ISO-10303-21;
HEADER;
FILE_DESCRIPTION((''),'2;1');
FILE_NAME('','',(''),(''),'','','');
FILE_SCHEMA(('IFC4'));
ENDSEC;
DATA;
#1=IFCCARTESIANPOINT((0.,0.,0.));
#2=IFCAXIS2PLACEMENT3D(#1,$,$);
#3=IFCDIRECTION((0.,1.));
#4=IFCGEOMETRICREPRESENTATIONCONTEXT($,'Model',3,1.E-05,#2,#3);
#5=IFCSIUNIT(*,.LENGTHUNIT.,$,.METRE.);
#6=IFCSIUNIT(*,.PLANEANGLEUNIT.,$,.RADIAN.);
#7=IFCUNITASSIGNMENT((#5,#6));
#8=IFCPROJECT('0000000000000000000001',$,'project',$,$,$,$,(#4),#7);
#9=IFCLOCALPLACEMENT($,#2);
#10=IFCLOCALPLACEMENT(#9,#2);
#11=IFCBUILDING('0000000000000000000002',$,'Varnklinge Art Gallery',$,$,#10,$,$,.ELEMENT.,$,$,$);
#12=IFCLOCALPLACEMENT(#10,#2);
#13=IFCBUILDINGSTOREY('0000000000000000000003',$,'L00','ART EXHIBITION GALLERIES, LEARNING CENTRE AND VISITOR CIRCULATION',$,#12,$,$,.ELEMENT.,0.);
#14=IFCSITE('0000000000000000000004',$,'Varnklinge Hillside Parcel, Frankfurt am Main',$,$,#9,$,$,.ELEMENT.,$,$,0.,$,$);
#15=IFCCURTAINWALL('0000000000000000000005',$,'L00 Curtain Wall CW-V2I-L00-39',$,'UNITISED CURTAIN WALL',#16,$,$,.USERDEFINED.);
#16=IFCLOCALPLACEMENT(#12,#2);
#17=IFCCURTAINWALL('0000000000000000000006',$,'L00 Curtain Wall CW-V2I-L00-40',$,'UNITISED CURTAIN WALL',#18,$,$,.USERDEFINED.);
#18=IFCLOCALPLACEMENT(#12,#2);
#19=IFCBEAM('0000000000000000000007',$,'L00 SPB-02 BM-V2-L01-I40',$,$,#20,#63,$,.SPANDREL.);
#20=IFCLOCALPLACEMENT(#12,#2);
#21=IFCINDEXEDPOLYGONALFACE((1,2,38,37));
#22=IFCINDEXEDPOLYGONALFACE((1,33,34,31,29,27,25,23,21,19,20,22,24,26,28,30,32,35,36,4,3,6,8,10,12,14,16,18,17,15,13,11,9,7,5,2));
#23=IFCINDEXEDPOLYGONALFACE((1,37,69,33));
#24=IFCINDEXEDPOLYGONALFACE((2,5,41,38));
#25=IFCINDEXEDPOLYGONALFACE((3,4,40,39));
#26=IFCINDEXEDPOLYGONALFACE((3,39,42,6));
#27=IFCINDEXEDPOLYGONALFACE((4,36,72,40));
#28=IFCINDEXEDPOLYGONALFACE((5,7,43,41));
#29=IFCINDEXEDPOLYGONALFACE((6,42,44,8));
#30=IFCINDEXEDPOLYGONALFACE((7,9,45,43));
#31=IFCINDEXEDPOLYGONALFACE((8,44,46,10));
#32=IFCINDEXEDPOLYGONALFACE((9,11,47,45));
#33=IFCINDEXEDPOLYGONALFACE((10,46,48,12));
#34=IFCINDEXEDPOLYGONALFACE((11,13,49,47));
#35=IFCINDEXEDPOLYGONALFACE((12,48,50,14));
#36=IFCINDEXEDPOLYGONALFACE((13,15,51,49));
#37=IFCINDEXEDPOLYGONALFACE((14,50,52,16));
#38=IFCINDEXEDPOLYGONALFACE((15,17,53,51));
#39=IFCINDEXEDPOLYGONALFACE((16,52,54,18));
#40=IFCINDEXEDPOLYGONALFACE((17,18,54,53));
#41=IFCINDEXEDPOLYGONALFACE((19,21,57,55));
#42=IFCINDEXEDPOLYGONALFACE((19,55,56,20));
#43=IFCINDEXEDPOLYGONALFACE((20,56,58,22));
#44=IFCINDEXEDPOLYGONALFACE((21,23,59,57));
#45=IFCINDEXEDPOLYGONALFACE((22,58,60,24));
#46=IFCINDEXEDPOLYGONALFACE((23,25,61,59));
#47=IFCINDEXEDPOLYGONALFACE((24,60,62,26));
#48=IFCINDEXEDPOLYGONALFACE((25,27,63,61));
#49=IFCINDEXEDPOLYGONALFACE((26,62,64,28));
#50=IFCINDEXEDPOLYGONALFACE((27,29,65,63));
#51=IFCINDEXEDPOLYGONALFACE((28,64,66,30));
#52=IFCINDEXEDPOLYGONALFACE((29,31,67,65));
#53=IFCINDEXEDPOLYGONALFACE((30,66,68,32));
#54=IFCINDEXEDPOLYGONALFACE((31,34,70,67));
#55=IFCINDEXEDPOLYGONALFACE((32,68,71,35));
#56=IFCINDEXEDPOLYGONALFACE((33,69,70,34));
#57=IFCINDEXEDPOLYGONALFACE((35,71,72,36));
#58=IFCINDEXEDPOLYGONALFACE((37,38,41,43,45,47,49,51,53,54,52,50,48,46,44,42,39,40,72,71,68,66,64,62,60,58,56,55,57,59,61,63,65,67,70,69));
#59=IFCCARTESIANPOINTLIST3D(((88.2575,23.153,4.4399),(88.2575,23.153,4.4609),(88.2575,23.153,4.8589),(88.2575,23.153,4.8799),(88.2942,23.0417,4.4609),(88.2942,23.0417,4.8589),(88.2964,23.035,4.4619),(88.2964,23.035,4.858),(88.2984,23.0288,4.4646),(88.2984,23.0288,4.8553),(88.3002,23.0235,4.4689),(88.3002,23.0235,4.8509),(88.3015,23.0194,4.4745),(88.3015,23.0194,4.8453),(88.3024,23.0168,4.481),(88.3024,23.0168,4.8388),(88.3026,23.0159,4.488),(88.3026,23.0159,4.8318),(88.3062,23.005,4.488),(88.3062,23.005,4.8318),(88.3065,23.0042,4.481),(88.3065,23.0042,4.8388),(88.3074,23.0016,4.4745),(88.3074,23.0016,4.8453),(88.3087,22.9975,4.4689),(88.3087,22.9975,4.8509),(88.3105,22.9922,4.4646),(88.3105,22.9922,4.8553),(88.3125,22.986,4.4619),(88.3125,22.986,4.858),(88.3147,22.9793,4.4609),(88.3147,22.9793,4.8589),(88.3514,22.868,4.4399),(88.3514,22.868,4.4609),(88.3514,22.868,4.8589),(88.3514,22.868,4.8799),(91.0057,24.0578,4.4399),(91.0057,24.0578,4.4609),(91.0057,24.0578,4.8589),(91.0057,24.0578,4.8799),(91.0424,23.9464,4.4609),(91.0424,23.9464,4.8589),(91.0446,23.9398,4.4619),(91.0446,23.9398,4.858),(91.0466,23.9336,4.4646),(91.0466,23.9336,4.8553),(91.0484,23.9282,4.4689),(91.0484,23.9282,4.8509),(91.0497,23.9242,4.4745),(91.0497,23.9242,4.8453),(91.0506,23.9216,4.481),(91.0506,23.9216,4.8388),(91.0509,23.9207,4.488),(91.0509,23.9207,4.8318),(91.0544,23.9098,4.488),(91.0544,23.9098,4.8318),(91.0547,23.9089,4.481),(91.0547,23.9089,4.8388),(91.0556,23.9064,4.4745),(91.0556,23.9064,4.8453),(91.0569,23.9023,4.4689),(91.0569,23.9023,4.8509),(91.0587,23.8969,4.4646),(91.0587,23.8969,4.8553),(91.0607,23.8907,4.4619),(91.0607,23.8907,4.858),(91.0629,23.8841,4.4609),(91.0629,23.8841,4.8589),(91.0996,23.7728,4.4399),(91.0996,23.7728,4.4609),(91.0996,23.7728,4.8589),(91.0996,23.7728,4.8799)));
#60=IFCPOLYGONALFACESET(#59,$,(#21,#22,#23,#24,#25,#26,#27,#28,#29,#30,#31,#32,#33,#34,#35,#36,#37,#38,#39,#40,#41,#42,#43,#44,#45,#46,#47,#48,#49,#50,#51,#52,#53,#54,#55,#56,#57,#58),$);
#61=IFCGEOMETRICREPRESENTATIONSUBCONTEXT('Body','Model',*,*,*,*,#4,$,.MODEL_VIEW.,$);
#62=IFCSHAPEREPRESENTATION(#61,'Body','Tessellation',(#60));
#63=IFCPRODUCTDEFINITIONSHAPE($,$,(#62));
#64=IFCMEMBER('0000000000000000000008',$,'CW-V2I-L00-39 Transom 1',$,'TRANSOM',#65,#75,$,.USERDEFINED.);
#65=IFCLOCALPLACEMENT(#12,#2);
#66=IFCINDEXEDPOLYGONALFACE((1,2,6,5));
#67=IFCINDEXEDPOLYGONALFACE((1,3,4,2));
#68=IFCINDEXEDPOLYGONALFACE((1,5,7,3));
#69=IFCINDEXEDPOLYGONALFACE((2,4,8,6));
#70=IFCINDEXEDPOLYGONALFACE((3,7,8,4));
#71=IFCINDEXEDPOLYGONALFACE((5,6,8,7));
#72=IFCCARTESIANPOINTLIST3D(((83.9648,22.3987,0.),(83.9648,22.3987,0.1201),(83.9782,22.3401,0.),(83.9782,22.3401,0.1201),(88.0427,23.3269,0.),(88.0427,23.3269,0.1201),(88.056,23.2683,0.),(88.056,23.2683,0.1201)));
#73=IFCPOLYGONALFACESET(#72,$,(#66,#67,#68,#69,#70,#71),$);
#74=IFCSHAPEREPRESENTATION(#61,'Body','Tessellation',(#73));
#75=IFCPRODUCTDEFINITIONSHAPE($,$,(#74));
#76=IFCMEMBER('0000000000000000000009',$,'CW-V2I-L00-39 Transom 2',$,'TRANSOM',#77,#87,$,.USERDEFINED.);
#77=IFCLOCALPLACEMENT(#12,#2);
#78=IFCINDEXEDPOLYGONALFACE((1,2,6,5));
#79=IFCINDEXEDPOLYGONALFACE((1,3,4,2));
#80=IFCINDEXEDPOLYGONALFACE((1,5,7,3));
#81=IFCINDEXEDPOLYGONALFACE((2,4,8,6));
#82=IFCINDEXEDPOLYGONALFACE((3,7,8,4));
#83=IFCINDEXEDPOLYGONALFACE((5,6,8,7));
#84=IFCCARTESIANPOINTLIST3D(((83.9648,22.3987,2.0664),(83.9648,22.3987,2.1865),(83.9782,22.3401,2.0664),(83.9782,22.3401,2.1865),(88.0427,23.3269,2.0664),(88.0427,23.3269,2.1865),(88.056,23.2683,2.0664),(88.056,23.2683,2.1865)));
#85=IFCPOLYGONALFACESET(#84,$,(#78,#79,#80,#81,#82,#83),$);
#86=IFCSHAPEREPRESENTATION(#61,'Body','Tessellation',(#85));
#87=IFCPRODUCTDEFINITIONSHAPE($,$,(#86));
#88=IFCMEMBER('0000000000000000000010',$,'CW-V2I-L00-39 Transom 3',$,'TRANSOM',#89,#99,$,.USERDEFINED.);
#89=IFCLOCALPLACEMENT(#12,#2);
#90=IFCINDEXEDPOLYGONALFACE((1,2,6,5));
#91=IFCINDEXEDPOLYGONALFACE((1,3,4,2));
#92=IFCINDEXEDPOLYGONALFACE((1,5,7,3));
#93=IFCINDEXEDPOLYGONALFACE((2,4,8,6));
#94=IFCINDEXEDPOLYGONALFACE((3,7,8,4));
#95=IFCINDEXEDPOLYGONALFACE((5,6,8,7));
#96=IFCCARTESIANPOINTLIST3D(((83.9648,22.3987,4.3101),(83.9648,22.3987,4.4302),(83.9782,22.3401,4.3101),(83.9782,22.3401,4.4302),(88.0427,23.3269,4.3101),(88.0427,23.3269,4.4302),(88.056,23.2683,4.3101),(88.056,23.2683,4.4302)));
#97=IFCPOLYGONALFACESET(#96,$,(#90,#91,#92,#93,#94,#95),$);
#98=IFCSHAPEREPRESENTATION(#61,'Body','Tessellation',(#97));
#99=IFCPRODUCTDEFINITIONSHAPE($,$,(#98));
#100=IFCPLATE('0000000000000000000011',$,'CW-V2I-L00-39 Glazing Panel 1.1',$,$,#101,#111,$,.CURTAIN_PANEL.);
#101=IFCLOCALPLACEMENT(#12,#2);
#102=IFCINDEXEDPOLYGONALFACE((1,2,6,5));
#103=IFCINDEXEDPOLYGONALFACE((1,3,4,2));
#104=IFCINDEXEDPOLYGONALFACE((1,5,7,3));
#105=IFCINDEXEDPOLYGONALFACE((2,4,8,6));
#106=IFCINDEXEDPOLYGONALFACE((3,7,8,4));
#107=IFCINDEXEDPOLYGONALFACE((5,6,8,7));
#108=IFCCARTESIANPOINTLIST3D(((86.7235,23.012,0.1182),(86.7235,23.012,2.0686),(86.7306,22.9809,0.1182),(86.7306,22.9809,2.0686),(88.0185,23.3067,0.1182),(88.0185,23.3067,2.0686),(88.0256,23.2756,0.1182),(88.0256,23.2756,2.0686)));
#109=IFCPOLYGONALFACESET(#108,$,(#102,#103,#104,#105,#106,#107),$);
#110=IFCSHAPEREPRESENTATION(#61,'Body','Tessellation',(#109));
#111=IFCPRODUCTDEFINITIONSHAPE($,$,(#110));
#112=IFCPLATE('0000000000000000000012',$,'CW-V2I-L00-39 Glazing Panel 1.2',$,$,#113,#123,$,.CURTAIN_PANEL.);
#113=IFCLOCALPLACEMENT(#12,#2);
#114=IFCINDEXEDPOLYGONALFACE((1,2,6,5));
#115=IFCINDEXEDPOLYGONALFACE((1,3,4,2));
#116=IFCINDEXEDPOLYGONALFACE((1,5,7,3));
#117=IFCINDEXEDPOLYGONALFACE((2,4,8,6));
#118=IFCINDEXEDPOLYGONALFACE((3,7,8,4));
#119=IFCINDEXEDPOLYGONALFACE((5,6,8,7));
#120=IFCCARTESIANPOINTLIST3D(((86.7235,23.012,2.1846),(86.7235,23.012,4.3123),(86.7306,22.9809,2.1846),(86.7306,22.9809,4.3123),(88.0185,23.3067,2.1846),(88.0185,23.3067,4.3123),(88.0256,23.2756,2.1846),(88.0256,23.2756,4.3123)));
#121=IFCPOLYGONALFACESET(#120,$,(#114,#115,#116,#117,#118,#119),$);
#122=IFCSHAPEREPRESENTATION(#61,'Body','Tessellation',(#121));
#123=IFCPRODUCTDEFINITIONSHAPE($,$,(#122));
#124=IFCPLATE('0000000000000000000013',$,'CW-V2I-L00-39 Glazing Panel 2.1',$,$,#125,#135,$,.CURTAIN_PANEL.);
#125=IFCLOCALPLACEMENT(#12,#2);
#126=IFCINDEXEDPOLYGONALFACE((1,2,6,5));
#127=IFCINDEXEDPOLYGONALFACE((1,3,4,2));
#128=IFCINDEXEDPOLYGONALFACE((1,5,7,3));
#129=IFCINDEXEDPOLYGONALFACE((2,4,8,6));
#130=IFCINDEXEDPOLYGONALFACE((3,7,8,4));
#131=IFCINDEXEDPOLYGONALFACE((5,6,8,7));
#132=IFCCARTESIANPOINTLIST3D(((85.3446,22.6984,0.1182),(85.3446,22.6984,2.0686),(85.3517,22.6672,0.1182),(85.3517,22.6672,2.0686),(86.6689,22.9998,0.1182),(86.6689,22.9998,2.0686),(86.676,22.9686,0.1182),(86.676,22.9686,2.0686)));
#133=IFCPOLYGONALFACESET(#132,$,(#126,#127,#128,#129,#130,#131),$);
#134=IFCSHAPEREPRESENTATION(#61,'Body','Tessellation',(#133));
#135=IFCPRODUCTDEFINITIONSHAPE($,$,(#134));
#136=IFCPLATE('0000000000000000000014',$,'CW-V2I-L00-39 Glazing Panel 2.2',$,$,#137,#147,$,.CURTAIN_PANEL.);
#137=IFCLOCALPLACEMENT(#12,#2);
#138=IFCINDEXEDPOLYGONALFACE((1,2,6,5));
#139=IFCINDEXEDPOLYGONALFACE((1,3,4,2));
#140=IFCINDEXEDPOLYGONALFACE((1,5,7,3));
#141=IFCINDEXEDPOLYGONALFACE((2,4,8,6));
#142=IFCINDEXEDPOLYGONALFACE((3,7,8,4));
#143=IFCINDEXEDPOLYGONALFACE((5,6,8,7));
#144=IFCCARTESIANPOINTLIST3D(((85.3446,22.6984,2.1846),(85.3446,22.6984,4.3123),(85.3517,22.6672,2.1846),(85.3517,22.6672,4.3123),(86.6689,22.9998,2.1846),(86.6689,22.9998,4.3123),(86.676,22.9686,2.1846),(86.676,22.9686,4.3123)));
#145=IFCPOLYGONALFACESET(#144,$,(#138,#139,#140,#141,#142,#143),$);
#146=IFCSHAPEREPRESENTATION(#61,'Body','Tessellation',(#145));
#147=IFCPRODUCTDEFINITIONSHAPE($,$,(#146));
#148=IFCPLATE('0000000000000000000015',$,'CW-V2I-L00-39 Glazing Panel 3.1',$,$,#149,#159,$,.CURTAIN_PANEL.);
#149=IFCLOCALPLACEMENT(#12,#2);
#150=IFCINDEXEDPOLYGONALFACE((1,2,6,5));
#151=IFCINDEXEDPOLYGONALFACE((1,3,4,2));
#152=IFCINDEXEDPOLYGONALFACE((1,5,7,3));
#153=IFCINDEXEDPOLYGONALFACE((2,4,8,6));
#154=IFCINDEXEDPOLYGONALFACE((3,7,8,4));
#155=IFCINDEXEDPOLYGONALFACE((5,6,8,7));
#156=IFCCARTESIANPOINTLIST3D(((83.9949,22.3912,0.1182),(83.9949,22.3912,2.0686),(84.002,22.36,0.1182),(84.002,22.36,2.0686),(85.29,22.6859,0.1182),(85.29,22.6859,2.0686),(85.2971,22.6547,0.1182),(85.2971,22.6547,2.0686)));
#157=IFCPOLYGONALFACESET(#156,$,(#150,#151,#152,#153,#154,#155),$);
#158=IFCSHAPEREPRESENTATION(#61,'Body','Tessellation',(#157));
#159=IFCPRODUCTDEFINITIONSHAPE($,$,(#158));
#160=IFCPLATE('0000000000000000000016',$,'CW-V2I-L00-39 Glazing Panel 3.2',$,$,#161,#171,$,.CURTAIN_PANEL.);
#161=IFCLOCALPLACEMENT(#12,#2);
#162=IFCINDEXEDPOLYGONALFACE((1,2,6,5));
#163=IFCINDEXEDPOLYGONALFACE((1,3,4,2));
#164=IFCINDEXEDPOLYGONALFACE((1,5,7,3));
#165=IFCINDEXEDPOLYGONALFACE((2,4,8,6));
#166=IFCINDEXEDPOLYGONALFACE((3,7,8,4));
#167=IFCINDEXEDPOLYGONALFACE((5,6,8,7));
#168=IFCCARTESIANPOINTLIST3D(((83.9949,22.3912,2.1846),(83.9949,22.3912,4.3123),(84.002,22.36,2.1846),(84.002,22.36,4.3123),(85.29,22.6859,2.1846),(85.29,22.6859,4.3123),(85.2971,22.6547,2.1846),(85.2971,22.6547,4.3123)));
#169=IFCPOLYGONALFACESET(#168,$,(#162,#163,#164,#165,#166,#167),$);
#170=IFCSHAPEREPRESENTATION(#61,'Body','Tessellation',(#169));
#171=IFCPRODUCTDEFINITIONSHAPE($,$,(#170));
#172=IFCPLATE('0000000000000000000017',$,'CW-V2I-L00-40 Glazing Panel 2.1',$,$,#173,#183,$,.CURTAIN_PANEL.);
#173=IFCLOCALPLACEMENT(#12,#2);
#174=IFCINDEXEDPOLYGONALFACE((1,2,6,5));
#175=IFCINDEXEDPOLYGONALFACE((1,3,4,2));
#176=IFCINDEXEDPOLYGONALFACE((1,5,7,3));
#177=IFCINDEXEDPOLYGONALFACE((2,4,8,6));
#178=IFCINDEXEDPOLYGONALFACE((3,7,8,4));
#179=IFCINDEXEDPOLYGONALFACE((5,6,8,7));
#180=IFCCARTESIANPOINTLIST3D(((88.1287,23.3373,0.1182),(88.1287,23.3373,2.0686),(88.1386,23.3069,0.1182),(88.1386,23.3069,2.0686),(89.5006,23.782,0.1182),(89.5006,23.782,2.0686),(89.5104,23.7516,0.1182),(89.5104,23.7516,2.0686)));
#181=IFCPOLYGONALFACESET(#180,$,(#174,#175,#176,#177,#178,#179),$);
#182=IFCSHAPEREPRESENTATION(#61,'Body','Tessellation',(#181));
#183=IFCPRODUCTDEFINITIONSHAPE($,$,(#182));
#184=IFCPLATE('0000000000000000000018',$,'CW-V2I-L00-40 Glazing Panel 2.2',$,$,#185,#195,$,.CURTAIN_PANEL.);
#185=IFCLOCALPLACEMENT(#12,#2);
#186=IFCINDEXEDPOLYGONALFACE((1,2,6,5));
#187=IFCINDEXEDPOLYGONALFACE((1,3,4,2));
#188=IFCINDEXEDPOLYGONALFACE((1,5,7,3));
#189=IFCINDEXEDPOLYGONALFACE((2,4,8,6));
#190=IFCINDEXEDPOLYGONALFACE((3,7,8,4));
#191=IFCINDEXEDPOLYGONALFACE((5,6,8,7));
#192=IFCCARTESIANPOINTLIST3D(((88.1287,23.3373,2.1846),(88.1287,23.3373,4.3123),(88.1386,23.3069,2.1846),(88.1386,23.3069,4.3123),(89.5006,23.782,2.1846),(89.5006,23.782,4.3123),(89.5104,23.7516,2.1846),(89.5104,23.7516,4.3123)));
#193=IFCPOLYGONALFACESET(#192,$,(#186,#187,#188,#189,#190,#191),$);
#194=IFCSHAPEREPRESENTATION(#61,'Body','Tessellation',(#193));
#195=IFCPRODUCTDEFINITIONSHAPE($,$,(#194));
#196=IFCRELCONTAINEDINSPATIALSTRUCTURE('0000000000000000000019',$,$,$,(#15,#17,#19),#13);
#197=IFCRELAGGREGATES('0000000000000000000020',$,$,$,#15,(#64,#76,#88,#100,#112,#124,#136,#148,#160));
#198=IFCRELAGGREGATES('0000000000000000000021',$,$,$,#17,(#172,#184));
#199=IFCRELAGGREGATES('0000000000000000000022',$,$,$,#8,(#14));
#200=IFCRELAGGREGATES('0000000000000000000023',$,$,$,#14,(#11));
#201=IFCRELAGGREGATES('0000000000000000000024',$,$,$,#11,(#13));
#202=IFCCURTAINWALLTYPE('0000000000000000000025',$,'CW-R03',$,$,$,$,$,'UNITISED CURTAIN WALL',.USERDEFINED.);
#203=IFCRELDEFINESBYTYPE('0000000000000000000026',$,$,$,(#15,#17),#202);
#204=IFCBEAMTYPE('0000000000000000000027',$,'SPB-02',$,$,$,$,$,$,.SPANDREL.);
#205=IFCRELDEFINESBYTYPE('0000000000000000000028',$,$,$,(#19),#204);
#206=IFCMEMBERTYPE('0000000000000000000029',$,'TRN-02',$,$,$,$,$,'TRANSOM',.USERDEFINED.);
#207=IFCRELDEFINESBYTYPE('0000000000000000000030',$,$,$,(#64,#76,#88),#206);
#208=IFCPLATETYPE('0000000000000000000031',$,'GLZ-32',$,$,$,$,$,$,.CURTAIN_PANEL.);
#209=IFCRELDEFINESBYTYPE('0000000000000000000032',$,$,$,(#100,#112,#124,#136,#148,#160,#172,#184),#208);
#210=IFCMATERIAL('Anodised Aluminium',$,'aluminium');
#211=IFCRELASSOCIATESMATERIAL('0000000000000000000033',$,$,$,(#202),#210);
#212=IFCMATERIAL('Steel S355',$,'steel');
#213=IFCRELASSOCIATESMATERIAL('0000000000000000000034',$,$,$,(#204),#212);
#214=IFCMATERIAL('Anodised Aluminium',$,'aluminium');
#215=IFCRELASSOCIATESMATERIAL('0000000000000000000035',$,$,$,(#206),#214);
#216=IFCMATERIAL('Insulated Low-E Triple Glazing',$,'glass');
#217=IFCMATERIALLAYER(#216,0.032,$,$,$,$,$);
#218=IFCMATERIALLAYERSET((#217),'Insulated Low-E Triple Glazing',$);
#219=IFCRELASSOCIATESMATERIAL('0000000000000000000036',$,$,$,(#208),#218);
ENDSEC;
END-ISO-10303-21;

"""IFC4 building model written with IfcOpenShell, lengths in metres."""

from ifc_helpers import new_model, si_unit, direction, frame, origin, origin_2d, place, context, subcontext, project, spatial, rectangle, i_section, extrude, material, layer, layer_set, material_profile, profile_set, type_object, element, aggregate, save


model = new_model("IFC4")

# Units and contexts
model_context = context("Model", 3, precision=1e-05, world=origin(), true_north=direction((0.0, 1.0)))
body_context = subcontext(model_context, "Body", "Model", "MODEL_VIEW")
ifc_project = project(units=[si_unit("LENGTHUNIT", "METRE"), si_unit("PLANEANGLEUNIT", "RADIAN")], contexts=[model_context])

# Site, building, storey
site_placement = place(None, origin())
site = spatial("IfcSite", under=ifc_project, at=site_placement, Name="Varnklinge Hillside Parcel, Frankfurt am Main", CompositionType="ELEMENT", RefElevation=0.0)
building_placement = place(site_placement, origin())
building = spatial("IfcBuilding", under=site, at=building_placement, Name="Varnklinge Art Gallery", CompositionType="ELEMENT")
storey_placement = place(building_placement, origin())
storey = spatial("IfcBuildingStorey", under=building, at=storey_placement, Name="L00", Description="ART EXHIBITION GALLERIES, LEARNING CENTRE AND VISITOR CIRCULATION", CompositionType="ELEMENT", Elevation=0.0)

# Curtain wall
ifc_material_1 = material(Name="Anodised Aluminium", Category="aluminium")
curtain_wall_type = type_object("IfcCurtainWallType", Name="CW-R03", ElementType="UNITISED CURTAIN WALL", PredefinedType="USERDEFINED", material=ifc_material_1)
curtain_wall_1_placement = place(storey_placement, origin())
curtain_wall_1 = element("IfcCurtainWall", 1, at=curtain_wall_1_placement, inside=storey, type_object=curtain_wall_type, Name="L00 Curtain Wall CW-V2I-L00-39", ObjectType="UNITISED CURTAIN WALL", PredefinedType="USERDEFINED")

# Curtain wall
curtain_wall_2_placement = place(storey_placement, origin())
curtain_wall_2 = element("IfcCurtainWall", 2, at=curtain_wall_2_placement, inside=storey, type_object=curtain_wall_type, Name="L00 Curtain Wall CW-V2I-L00-40", ObjectType="UNITISED CURTAIN WALL", PredefinedType="USERDEFINED")

# Beam
ifc_material_2 = material(Name="Steel S355", Category="steel")
ifc_material_profile_1 = material_profile(ifc_material_2, i_section(OverallWidth=0.3, OverallDepth=0.4399, WebThickness=0.0115, FlangeThickness=0.021, FilletRadius=0.0271, at=origin_2d()), Name="HEA 450")
ifc_profile_set_1 = profile_set([ifc_material_profile_1], Name="Steel S355")
beam_type_1 = type_object("IfcBeamType", Name="SPB-02", PredefinedType="SPANDREL", material=ifc_profile_set_1)
beam_1_placement = place(storey_placement, frame((88.3044, 23.0105, 4.6599), z_axis=(0.94985, 0.312707, 0.0), x_axis=(-0.312707, 0.94985, 0.0)))
element("IfcBeam", 3, at=beam_1_placement, inside=storey, type_object=beam_type_1, Name="L00 SPB-02 BM-V2-L01-I40", PredefinedType="SPANDREL", context=body_context, shape_type="SweptSolid", body=[
    extrude(i_section(OverallWidth=0.3, OverallDepth=0.4399, WebThickness=0.0115, FlangeThickness=0.021, FilletRadius=0.0271, at=origin_2d()), origin(), (0.0, 0.0, 1.0), 2.8933),
])

# Members
ifc_material_3 = material(Name="Anodised Aluminium", Category="aluminium")
ifc_material_profile_2 = material_profile(ifc_material_3, rectangle(XDim=0.0601, YDim=0.1201, at=origin_2d()), Name="ALU 60x120")
ifc_profile_set_2 = profile_set([ifc_material_profile_2], Name="Anodised Aluminium")
member_type_1 = type_object("IfcMemberType", Name="TRN-02", ElementType="TRANSOM", PredefinedType="USERDEFINED", material=ifc_profile_set_2)
member_1_placement = place(storey_placement, frame((88.0493, 23.2976, 0.0601), z_axis=(-0.975059, -0.221947, 0.0), x_axis=(0.221947, -0.975059, 0.0)))
member_1 = element("IfcMember", 4, at=member_1_placement, type_object=member_type_1, Name="CW-V2I-L00-39 Transom 1", ObjectType="TRANSOM", PredefinedType="USERDEFINED", context=body_context, shape_type="SweptSolid", body=[
    extrude(rectangle(XDim=0.0601, YDim=0.1201, at=origin_2d()), origin(), (0.0, 0.0, 1.0), 4.1821),
])
member_2_placement = place(storey_placement, frame((88.0493, 23.2976, 2.1265), z_axis=(-0.975059, -0.221947, 0.0), x_axis=(0.221947, -0.975059, 0.0)))
member_2 = element("IfcMember", 5, at=member_2_placement, type_object=member_type_1, Name="CW-V2I-L00-39 Transom 2", ObjectType="TRANSOM", PredefinedType="USERDEFINED", context=body_context, shape_type="SweptSolid", body=[
    extrude(rectangle(XDim=0.0601, YDim=0.1201, at=origin_2d()), origin(), (0.0, 0.0, 1.0), 4.1821),
])
member_3_placement = place(storey_placement, frame((88.0493, 23.2976, 4.3701), z_axis=(-0.975059, -0.221947, 0.0), x_axis=(0.221947, -0.975059, 0.0)))
member_3 = element("IfcMember", 6, at=member_3_placement, type_object=member_type_1, Name="CW-V2I-L00-39 Transom 3", ObjectType="TRANSOM", PredefinedType="USERDEFINED", context=body_context, shape_type="SweptSolid", body=[
    extrude(rectangle(XDim=0.0601, YDim=0.1201, at=origin_2d()), origin(), (0.0, 0.0, 1.0), 4.1821),
])

# Plates
ifc_material_4 = material(Name="Insulated Low-E Triple Glazing", Category="glass")
ifc_layer = layer(ifc_material_4, 0.032)
ifc_layer_set = layer_set([ifc_layer], Name="Insulated Low-E Triple Glazing")
plate_type = type_object("IfcPlateType", Name="GLZ-32", PredefinedType="CURTAIN_PANEL", material=ifc_layer_set)
plate_1_placement = place(storey_placement, frame((87.3745, 23.1438, 0.1182), z_axis=(0.0, 0.0, 1.0), x_axis=(-0.975072, -0.221889, 0.0)))
plate_1 = element("IfcPlate", 7, at=plate_1_placement, type_object=plate_type, Name="CW-V2I-L00-39 Glazing Panel 1.1", PredefinedType="CURTAIN_PANEL", context=body_context, shape_type="SweptSolid", body=[
    extrude(rectangle(XDim=1.3281, YDim=0.032, at=origin_2d()), origin(), (0.0, 0.0, 1.0), 1.9504),
])
plate_2_placement = place(storey_placement, frame((87.3745, 23.1438, 2.1846), z_axis=(0.0, 0.0, 1.0), x_axis=(-0.975072, -0.221889, 0.0)))
plate_2 = element("IfcPlate", 8, at=plate_2_placement, type_object=plate_type, Name="CW-V2I-L00-39 Glazing Panel 1.2", PredefinedType="CURTAIN_PANEL", context=body_context, shape_type="SweptSolid", body=[
    extrude(rectangle(XDim=1.3281, YDim=0.032, at=origin_2d()), origin(), (0.0, 0.0, 1.0), 2.1277),
])
plate_3_placement = place(storey_placement, frame((86.0103, 22.8335, 0.1182), z_axis=(0.0, 0.0, 1.0), x_axis=(-0.975072, -0.221889, 0.0)))
plate_3 = element("IfcPlate", 9, at=plate_3_placement, type_object=plate_type, Name="CW-V2I-L00-39 Glazing Panel 2.1", PredefinedType="CURTAIN_PANEL", context=body_context, shape_type="SweptSolid", body=[
    extrude(rectangle(XDim=1.3582, YDim=0.032, at=origin_2d()), origin(), (0.0, 0.0, 1.0), 1.9504),
])
plate_4_placement = place(storey_placement, frame((86.0103, 22.8335, 2.1846), z_axis=(0.0, 0.0, 1.0), x_axis=(-0.975072, -0.221889, 0.0)))
plate_4 = element("IfcPlate", 10, at=plate_4_placement, type_object=plate_type, Name="CW-V2I-L00-39 Glazing Panel 2.2", PredefinedType="CURTAIN_PANEL", context=body_context, shape_type="SweptSolid", body=[
    extrude(rectangle(XDim=1.3582, YDim=0.032, at=origin_2d()), origin(), (0.0, 0.0, 1.0), 2.1277),
])
plate_5_placement = place(storey_placement, frame((84.646, 22.5229, 0.1182), z_axis=(0.0, 0.0, 1.0), x_axis=(-0.975072, -0.221889, 0.0)))
plate_5 = element("IfcPlate", 11, at=plate_5_placement, type_object=plate_type, Name="CW-V2I-L00-39 Glazing Panel 3.1", PredefinedType="CURTAIN_PANEL", context=body_context, shape_type="SweptSolid", body=[
    extrude(rectangle(XDim=1.3281, YDim=0.032, at=origin_2d()), origin(), (0.0, 0.0, 1.0), 1.9504),
])
plate_6_placement = place(storey_placement, frame((84.646, 22.5229, 2.1846), z_axis=(0.0, 0.0, 1.0), x_axis=(-0.975072, -0.221889, 0.0)))
plate_6 = element("IfcPlate", 12, at=plate_6_placement, type_object=plate_type, Name="CW-V2I-L00-39 Glazing Panel 3.2", PredefinedType="CURTAIN_PANEL", context=body_context, shape_type="SweptSolid", body=[
    extrude(rectangle(XDim=1.3281, YDim=0.032, at=origin_2d()), origin(), (0.0, 0.0, 1.0), 2.1277),
])
aggregate(curtain_wall_1, [member_1, member_2, member_3, plate_1, plate_2, plate_3, plate_4, plate_5, plate_6])
plate_7_placement = place(storey_placement, frame((88.8196, 23.5444, 0.1182), z_axis=(0.0, 0.0, 1.0), x_axis=(-0.951272, -0.308353, 0.0)))
plate_7 = element("IfcPlate", 13, at=plate_7_placement, type_object=plate_type, Name="CW-V2I-L00-40 Glazing Panel 2.1", PredefinedType="CURTAIN_PANEL", context=body_context, shape_type="SweptSolid", body=[
    extrude(rectangle(XDim=1.4421, YDim=0.032, at=origin_2d()), origin(), (0.0, 0.0, 1.0), 1.9504),
])
plate_8_placement = place(storey_placement, frame((88.8196, 23.5444, 2.1846), z_axis=(0.0, 0.0, 1.0), x_axis=(-0.951272, -0.308353, 0.0)))
plate_8 = element("IfcPlate", 14, at=plate_8_placement, type_object=plate_type, Name="CW-V2I-L00-40 Glazing Panel 2.2", PredefinedType="CURTAIN_PANEL", context=body_context, shape_type="SweptSolid", body=[
    extrude(rectangle(XDim=1.4421, YDim=0.032, at=origin_2d()), origin(), (0.0, 0.0, 1.0), 2.1277),
])
aggregate(curtain_wall_2, [plate_7, plate_8])

save(model, "model.ifc")
